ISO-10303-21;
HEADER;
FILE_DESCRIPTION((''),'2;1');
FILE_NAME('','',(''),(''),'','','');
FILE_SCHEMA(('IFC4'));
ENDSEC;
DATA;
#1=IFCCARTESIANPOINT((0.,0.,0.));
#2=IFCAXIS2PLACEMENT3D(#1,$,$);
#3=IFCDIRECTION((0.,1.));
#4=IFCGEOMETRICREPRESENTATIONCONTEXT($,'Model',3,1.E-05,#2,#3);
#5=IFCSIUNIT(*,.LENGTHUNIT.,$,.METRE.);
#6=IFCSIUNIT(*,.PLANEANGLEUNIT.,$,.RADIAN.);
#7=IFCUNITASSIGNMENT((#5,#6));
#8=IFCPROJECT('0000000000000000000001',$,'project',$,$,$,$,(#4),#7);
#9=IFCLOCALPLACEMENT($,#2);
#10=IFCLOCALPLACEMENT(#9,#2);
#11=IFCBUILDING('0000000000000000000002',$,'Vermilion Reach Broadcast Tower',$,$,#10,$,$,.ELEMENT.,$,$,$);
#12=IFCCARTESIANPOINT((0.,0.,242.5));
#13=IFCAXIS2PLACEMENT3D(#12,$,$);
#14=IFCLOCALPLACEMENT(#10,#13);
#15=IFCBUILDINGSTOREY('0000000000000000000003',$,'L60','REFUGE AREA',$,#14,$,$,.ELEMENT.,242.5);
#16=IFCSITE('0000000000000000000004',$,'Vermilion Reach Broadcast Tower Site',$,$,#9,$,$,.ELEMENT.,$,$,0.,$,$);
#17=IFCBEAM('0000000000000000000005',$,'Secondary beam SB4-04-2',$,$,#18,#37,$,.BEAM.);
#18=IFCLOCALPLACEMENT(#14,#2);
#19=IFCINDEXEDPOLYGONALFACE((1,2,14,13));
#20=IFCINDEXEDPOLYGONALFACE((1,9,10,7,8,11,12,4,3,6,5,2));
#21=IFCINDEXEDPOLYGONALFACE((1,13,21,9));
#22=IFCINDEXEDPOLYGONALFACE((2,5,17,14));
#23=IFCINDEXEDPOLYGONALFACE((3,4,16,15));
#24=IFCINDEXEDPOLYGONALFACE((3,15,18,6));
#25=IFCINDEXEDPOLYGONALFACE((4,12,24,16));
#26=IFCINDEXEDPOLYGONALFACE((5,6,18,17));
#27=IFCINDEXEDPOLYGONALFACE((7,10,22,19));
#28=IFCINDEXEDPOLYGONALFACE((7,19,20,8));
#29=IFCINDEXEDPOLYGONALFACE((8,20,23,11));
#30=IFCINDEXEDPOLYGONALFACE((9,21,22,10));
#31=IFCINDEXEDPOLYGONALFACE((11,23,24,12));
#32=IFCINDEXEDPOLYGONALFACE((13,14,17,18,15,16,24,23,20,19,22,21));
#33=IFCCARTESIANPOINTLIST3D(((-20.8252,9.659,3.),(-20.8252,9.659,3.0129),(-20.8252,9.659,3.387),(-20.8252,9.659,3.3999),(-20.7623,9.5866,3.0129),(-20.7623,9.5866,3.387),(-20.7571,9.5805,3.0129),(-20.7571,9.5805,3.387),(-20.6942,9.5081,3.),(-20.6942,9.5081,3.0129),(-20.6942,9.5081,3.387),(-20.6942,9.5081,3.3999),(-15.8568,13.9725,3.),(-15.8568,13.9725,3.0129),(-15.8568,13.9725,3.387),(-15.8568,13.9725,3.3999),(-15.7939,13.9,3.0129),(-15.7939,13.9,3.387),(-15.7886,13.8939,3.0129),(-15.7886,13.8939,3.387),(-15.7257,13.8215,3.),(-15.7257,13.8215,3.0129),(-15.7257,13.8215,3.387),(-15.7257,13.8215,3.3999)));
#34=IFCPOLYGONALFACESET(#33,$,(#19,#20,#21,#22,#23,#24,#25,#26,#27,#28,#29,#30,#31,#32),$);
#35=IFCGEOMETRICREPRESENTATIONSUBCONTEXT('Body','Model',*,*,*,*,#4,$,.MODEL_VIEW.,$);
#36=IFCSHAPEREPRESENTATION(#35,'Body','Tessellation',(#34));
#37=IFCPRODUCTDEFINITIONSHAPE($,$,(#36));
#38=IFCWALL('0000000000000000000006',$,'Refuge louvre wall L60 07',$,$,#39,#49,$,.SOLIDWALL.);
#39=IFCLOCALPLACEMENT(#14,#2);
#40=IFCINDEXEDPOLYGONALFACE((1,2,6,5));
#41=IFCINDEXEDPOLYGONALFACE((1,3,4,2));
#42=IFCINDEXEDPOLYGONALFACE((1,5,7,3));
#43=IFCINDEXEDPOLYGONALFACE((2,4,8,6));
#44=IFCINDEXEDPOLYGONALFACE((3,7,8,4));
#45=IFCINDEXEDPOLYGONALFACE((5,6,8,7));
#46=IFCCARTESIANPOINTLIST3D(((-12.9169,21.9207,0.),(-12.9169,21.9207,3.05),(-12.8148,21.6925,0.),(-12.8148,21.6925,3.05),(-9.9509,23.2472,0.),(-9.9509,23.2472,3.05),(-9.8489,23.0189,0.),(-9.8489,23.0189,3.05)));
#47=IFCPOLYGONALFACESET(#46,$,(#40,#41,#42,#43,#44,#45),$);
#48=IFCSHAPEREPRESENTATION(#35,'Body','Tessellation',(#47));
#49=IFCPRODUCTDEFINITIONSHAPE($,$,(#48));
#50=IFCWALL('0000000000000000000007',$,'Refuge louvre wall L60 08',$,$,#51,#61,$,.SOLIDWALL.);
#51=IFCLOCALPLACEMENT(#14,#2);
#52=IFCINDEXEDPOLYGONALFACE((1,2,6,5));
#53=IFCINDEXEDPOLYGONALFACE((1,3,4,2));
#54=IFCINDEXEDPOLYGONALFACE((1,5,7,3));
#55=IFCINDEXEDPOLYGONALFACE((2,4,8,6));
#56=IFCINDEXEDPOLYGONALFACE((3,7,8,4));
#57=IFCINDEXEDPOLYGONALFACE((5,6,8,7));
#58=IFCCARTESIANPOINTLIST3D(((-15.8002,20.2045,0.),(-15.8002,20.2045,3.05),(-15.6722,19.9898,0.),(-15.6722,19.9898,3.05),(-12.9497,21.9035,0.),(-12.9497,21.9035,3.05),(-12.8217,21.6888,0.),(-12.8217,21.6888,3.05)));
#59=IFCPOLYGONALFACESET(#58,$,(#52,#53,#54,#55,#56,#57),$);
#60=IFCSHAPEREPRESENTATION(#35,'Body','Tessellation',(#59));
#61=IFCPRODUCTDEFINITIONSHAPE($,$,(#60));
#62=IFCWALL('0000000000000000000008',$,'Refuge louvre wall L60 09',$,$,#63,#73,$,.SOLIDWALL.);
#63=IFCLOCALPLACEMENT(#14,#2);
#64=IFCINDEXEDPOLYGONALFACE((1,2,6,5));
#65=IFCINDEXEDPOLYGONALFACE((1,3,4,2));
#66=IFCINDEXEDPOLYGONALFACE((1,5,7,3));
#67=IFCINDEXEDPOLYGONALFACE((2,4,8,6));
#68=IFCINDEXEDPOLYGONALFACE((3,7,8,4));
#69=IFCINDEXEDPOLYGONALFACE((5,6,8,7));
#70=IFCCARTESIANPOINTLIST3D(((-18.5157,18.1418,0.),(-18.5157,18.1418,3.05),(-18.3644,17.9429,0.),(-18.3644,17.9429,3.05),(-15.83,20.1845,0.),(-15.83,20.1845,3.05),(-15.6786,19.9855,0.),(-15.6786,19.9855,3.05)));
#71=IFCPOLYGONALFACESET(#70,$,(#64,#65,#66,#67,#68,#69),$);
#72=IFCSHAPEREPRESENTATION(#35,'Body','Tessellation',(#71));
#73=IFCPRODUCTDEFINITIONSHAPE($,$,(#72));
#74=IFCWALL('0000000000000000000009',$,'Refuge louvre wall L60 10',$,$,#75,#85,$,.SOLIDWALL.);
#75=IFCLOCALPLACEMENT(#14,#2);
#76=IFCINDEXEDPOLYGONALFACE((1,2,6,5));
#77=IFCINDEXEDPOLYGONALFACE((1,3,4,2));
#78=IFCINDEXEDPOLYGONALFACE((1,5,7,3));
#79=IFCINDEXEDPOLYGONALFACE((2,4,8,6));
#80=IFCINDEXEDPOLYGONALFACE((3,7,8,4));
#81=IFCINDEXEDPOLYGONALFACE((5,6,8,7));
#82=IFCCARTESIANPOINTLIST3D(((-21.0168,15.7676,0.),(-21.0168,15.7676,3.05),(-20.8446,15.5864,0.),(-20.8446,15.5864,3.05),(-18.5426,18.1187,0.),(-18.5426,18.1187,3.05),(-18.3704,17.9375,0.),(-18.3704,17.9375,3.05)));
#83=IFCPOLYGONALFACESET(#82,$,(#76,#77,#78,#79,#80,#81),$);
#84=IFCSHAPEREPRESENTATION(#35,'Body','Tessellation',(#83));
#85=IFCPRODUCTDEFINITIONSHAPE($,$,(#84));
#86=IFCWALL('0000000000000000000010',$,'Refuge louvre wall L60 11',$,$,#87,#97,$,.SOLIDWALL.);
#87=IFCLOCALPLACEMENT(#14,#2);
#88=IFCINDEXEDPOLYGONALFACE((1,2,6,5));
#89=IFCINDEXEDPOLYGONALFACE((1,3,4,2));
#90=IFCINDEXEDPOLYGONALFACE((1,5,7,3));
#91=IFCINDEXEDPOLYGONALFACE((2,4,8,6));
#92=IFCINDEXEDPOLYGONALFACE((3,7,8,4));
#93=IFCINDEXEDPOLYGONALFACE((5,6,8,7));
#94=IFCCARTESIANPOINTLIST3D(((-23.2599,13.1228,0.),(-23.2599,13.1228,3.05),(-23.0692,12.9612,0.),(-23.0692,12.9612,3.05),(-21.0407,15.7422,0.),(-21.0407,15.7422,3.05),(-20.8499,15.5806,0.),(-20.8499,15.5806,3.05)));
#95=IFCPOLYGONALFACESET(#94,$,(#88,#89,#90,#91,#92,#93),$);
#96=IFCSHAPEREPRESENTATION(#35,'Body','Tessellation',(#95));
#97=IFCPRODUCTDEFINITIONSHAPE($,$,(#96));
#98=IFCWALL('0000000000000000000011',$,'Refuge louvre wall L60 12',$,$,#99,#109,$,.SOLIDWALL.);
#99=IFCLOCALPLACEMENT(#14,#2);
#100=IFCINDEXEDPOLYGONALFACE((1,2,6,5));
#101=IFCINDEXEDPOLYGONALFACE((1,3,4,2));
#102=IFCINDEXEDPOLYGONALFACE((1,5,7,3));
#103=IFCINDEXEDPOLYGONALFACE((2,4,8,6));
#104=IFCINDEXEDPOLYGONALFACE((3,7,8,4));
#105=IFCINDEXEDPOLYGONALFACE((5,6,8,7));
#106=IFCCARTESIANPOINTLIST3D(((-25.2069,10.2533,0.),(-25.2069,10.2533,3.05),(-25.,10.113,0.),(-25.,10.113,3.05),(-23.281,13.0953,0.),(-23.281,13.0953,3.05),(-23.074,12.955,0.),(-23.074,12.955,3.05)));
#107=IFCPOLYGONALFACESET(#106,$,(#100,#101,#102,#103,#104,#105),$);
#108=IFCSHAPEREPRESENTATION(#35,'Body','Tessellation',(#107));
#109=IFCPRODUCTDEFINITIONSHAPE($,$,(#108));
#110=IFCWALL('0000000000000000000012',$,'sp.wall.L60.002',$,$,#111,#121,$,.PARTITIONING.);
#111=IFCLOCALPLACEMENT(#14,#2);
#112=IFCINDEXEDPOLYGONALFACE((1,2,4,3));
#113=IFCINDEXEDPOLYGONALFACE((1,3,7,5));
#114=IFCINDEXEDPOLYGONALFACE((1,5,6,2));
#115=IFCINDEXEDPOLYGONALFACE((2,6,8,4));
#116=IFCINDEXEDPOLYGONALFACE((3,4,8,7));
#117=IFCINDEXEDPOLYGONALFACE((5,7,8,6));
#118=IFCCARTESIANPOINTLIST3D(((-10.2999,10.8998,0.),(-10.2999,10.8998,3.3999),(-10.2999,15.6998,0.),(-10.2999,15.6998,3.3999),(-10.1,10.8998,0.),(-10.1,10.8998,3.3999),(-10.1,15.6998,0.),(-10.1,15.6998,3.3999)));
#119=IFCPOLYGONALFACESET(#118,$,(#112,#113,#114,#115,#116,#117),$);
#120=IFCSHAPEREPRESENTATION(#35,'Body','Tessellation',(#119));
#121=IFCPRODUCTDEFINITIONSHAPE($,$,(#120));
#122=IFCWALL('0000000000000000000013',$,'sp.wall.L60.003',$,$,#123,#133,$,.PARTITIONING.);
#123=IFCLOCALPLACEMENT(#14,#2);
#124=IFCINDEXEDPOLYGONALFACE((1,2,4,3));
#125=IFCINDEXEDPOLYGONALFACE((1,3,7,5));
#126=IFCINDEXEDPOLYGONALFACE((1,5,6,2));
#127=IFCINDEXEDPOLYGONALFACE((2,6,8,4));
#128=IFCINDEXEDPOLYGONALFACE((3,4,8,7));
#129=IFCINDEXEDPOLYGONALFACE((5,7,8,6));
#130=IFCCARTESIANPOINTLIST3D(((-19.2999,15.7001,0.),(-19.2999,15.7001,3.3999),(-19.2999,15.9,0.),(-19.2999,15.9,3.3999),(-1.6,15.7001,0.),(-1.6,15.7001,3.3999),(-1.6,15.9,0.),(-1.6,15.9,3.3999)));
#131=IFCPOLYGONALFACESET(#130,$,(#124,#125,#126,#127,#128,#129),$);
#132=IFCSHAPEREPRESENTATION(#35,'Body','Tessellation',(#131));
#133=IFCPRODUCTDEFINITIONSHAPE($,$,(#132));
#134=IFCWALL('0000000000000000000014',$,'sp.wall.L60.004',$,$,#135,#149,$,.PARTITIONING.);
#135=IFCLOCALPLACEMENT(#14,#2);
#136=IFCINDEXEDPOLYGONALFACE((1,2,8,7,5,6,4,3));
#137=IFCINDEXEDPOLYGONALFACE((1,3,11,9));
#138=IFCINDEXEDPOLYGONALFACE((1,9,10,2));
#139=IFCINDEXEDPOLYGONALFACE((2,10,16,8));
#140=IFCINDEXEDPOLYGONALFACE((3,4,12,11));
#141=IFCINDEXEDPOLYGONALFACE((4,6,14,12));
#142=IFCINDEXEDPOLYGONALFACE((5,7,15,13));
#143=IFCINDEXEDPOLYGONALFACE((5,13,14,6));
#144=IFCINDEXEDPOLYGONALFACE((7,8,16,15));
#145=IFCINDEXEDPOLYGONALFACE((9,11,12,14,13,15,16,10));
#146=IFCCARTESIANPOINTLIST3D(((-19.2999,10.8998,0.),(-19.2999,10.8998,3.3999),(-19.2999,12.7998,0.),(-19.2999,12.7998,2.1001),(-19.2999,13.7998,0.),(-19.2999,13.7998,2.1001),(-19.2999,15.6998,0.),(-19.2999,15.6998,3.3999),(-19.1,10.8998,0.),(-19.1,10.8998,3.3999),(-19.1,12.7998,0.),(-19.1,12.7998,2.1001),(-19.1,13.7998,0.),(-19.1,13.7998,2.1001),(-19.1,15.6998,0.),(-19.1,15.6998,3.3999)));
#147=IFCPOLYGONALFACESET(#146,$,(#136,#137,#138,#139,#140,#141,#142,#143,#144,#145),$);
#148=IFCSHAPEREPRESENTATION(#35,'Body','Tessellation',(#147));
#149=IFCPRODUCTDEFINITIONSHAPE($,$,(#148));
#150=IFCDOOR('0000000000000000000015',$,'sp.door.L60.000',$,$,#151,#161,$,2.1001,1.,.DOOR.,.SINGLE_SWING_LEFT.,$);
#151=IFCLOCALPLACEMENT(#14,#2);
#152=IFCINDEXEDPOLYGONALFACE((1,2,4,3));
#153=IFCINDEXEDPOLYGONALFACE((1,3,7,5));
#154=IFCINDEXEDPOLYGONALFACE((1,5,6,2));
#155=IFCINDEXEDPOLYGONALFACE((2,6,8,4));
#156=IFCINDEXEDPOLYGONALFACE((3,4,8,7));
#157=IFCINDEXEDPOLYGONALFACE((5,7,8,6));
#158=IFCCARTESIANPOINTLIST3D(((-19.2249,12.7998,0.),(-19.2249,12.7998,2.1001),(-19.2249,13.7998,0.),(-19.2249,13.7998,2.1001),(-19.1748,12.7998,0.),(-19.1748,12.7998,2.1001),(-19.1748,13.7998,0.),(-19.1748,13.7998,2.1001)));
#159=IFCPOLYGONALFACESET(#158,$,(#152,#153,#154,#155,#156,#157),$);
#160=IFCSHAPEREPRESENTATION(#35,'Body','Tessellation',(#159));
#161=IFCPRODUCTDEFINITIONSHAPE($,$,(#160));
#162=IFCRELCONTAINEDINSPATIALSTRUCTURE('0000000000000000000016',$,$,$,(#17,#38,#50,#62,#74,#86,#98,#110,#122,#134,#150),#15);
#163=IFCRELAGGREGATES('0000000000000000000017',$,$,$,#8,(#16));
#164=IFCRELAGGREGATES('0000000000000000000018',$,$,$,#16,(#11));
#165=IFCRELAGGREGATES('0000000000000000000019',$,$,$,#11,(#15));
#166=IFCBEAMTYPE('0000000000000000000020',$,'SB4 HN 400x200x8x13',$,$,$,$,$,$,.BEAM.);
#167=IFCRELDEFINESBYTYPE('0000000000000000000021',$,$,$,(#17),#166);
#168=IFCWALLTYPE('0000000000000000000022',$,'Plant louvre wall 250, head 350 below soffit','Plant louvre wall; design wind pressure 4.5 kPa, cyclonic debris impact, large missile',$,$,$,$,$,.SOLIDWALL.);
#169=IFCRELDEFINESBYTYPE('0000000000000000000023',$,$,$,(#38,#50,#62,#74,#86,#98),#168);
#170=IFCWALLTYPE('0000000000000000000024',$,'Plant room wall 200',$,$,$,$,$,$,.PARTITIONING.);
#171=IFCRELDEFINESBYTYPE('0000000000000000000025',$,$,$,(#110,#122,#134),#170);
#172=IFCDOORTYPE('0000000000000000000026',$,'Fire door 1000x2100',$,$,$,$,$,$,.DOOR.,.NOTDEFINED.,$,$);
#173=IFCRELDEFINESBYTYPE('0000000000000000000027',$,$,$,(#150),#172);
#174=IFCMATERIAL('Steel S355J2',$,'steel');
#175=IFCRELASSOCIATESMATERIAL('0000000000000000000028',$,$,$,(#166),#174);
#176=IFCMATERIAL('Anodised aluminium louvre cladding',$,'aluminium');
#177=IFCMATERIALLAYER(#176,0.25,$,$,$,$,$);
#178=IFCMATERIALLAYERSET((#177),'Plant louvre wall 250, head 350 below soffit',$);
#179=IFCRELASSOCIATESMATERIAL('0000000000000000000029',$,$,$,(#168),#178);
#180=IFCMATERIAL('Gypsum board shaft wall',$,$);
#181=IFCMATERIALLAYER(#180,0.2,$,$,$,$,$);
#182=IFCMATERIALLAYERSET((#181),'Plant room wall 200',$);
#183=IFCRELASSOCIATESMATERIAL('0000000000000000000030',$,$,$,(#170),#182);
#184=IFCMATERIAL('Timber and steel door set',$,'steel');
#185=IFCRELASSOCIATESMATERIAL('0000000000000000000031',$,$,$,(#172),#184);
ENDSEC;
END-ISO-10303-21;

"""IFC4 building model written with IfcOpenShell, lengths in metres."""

from ifc_helpers import new_model, si_unit, direction, frame, frame_2d, origin, origin_2d, place, context, subcontext, project, spatial, rectangle, i_section, extrude, material, layer, layer_set, material_profile, profile_set, type_object, element, fill, save


model = new_model("IFC4")

# Units and contexts
model_context = context("Model", 3, precision=1e-05, world=origin(), true_north=direction((0.0, 1.0)))
body_context = subcontext(model_context, "Body", "Model", "MODEL_VIEW")
ifc_project = project(units=[si_unit("LENGTHUNIT", "METRE"), si_unit("PLANEANGLEUNIT", "RADIAN")], contexts=[model_context])

# Site, building, storey
site_placement = place(None, origin())
site = spatial("IfcSite", under=ifc_project, at=site_placement, Name="Vermilion Reach Broadcast Tower Site", CompositionType="ELEMENT", RefElevation=0.0)
building_placement = place(site_placement, origin())
building = spatial("IfcBuilding", under=site, at=building_placement, Name="Vermilion Reach Broadcast Tower", CompositionType="ELEMENT")
storey_placement = place(building_placement, frame((0.0, 0.0, 242.5)))
storey = spatial("IfcBuildingStorey", under=building, at=storey_placement, Name="L60", Description="REFUGE AREA", CompositionType="ELEMENT", Elevation=242.5)

# Beam
ifc_material_1 = material(Name="Steel S355J2", Category="steel")
ifc_material_profile_1 = material_profile(ifc_material_1, i_section(OverallWidth=0.2, OverallDepth=0.3999, WebThickness=0.0081, FlangeThickness=0.0129, at=origin_2d()), Name="S355J2 HN 400x200x8x13")
ifc_profile_set_1 = profile_set([ifc_material_profile_1], Name="Steel S355J2")
beam_type_1 = type_object("IfcBeamType", Name="SB4 HN 400x200x8x13", PredefinedType="BEAM", material=ifc_profile_set_1)
beam_1_placement = place(storey_placement, frame((-15.7913, 13.897, 3.2), z_axis=(-0.755129, -0.655576, 0.0), x_axis=(0.655576, -0.755129, 0.0)))
element("IfcBeam", 1, at=beam_1_placement, inside=storey, type_object=beam_type_1, Name="Secondary beam SB4-04-2", PredefinedType="BEAM", context=body_context, shape_type="SweptSolid", body=[
    extrude(i_section(OverallWidth=0.2, OverallDepth=0.3999, WebThickness=0.0081, FlangeThickness=0.0129, at=origin_2d()), origin(), (0.0, 0.0, 1.0), 6.5796),
])

# Walls
ifc_material_2 = material(Name="Anodised aluminium louvre cladding", Category="aluminium")
ifc_layer_1 = layer(ifc_material_2, 0.25)
ifc_layer_set_1 = layer_set([ifc_layer_1], Name="Plant louvre wall 250, head 350 below soffit")
wall_type_1 = type_object("IfcWallType", Name="Plant louvre wall 250, head 350 below soffit", Description="Plant louvre wall; design wind pressure 4.5 kPa, cyclonic debris impact, large missile", PredefinedType="SOLIDWALL", material=ifc_layer_set_1)
wall_1_placement = place(storey_placement, frame((-9.8999, 23.1331, 0.0), z_axis=(0.0, 0.0, 1.0), x_axis=(-0.912864, -0.408264, 0.0)))
element("IfcWall", 2, at=wall_1_placement, inside=storey, type_object=wall_type_1, Name="Refuge louvre wall L60 07", PredefinedType="SOLIDWALL", context=body_context, shape_type="SweptSolid", body=[
    extrude(rectangle(XDim=3.249, YDim=0.25, at=frame_2d((1.6245, 0.0))), origin(), (0.0, 0.0, 1.0), 3.05),
])
wall_2_placement = place(storey_placement, frame((-12.8857, 21.7961, 0.0), z_axis=(0.0, 0.0, 1.0), x_axis=(-0.858982, -0.512005, 0.0)))
element("IfcWall", 3, at=wall_2_placement, inside=storey, type_object=wall_type_1, Name="Refuge louvre wall L60 08", PredefinedType="SOLIDWALL", context=body_context, shape_type="SweptSolid", body=[
    extrude(rectangle(XDim=3.3184, YDim=0.25, at=frame_2d((1.6592, 0.0))), origin(), (0.0, 0.0, 1.0), 3.05),
])
wall_3_placement = place(storey_placement, frame((-15.7544, 20.085, 0.0), z_axis=(0.0, 0.0, 1.0), x_axis=(-0.795945, -0.605369, 0.0)))
element("IfcWall", 4, at=wall_3_placement, inside=storey, type_object=wall_type_1, Name="Refuge louvre wall L60 09", PredefinedType="SOLIDWALL", context=body_context, shape_type="SweptSolid", body=[
    extrude(rectangle(XDim=3.3743, YDim=0.25, at=frame_2d((1.687, 0.0))), origin(), (0.0, 0.0, 1.0), 3.05),
])
wall_4_placement = place(storey_placement, frame((-18.4565, 18.0281, 0.0), z_axis=(0.0, 0.0, 1.0), x_axis=(-0.724903, -0.688851, 0.0)))
element("IfcWall", 5, at=wall_4_placement, inside=storey, type_object=wall_type_1, Name="Refuge louvre wall L60 10", PredefinedType="SOLIDWALL", context=body_context, shape_type="SweptSolid", body=[
    extrude(rectangle(XDim=3.4131, YDim=0.25, at=frame_2d((1.7065, 0.0))), origin(), (0.0, 0.0, 1.0), 3.05),
])
for number, where, z_axis, x_axis, name in (
    (6, (-20.9453, 15.6614, 0.0), (0.0, 0.0, 1.0), (-0.646423, -0.762979, 0.0), "Refuge louvre wall L60 11"),
    (7, (-23.1775, 13.0251, 0.0), (0.0, 0.0, 1.0), (-0.561002, -0.827814, 0.0), "Refuge louvre wall L60 12"),
):
    element("IfcWall", number, at=place(storey_placement, frame(where, z_axis=z_axis, x_axis=x_axis)), inside=storey, type_object=wall_type_1, Name=name, PredefinedType="SOLIDWALL", context=body_context, shape_type="SweptSolid", body=[
        extrude(rectangle(XDim=3.4331, YDim=0.25, at=frame_2d((1.7166, 0.0))), origin(), (0.0, 0.0, 1.0), 3.05),
    ])
ifc_material_3 = material(Name="Gypsum board shaft wall")
ifc_layer_2 = layer(ifc_material_3, 0.2)
ifc_layer_set_2 = layer_set([ifc_layer_2], Name="Plant room wall 200")
wall_type_2 = type_object("IfcWallType", Name="Plant room wall 200", PredefinedType="PARTITIONING", material=ifc_layer_set_2)
wall_5_placement = place(storey_placement, frame((-10.2, 10.8999, 0.0), z_axis=(0.0, 0.0, 1.0), x_axis=(0.0, 1.0, 0.0)))
element("IfcWall", 8, at=wall_5_placement, inside=storey, type_object=wall_type_2, Name="sp.wall.L60.002", PredefinedType="PARTITIONING", context=body_context, shape_type="SweptSolid", body=[
    extrude(rectangle(XDim=4.8, YDim=0.2, at=frame_2d((2.3999, 0.0))), origin(), (0.0, 0.0, 1.0), 3.3999),
])
wall_6_placement = place(storey_placement, frame((-19.3, 15.8, 0.0), z_axis=(0.0, 0.0, 1.0), x_axis=(1.0, 0.0, 0.0)))
element("IfcWall", 9, at=wall_6_placement, inside=storey, type_object=wall_type_2, Name="sp.wall.L60.003", PredefinedType="PARTITIONING", context=body_context, shape_type="SweptSolid", body=[
    extrude(rectangle(XDim=17.7, YDim=0.2, at=frame_2d((8.8501, 0.0))), origin(), (0.0, 0.0, 1.0), 3.3999),
])

# Wall, opening, door
wall_7_placement = place(storey_placement, frame((-19.2, 10.8999, 0.0), z_axis=(0.0, 0.0, 1.0), x_axis=(0.0, 1.0, 0.0)))
wall_7 = element("IfcWall", 10, at=wall_7_placement, inside=storey, type_object=wall_type_2, Name="sp.wall.L60.004", PredefinedType="PARTITIONING", context=body_context, shape_type="SweptSolid", body=[
    extrude(rectangle(XDim=4.8, YDim=0.2, at=frame_2d((2.3999, 0.0))), origin(), (0.0, 0.0, 1.0), 3.3999),
])
opening_placement = place(wall_7_placement, frame((1.8999, 0.0, 0.0)))
opening = element("IfcOpeningElement", 11, at=opening_placement, cuts=wall_7, PredefinedType="OPENING", context=body_context, shape_type="SweptSolid", body=[
    extrude(rectangle(XDim=1.0, YDim=2.1001, at=frame_2d((0.5, 1.05))), frame((0.0, 0.1099, 0.0), z_axis=(0.0, -1.0, 0.0), x_axis=(1.0, 0.0, 0.0)), (0.0, 0.0, 1.0), 0.22),
])
ifc_material_4 = material(Name="Timber and steel door set", Category="steel")
door_type = type_object("IfcDoorType", Name="Fire door 1000x2100", OperationType="NOTDEFINED", PredefinedType="DOOR", material=ifc_material_4)
door_placement = place(opening_placement, origin())
door = element("IfcDoor", 12, at=door_placement, inside=storey, type_object=door_type, Name="sp.door.L60.000", OperationType="SINGLE_SWING_LEFT", OverallHeight=2.1001, OverallWidth=1.0, PredefinedType="DOOR", context=body_context, shape_type="SweptSolid", body=[
    extrude(rectangle(XDim=1.0, YDim=2.1001, at=frame_2d((0.5, 1.05))), frame((0.0, 0.0249, 0.0), z_axis=(0.0, -1.0, 0.0), x_axis=(1.0, 0.0, 0.0)), (0.0, 0.0, 1.0), 0.05),
])
fill(opening, door)

save(model, "model.ifc")
